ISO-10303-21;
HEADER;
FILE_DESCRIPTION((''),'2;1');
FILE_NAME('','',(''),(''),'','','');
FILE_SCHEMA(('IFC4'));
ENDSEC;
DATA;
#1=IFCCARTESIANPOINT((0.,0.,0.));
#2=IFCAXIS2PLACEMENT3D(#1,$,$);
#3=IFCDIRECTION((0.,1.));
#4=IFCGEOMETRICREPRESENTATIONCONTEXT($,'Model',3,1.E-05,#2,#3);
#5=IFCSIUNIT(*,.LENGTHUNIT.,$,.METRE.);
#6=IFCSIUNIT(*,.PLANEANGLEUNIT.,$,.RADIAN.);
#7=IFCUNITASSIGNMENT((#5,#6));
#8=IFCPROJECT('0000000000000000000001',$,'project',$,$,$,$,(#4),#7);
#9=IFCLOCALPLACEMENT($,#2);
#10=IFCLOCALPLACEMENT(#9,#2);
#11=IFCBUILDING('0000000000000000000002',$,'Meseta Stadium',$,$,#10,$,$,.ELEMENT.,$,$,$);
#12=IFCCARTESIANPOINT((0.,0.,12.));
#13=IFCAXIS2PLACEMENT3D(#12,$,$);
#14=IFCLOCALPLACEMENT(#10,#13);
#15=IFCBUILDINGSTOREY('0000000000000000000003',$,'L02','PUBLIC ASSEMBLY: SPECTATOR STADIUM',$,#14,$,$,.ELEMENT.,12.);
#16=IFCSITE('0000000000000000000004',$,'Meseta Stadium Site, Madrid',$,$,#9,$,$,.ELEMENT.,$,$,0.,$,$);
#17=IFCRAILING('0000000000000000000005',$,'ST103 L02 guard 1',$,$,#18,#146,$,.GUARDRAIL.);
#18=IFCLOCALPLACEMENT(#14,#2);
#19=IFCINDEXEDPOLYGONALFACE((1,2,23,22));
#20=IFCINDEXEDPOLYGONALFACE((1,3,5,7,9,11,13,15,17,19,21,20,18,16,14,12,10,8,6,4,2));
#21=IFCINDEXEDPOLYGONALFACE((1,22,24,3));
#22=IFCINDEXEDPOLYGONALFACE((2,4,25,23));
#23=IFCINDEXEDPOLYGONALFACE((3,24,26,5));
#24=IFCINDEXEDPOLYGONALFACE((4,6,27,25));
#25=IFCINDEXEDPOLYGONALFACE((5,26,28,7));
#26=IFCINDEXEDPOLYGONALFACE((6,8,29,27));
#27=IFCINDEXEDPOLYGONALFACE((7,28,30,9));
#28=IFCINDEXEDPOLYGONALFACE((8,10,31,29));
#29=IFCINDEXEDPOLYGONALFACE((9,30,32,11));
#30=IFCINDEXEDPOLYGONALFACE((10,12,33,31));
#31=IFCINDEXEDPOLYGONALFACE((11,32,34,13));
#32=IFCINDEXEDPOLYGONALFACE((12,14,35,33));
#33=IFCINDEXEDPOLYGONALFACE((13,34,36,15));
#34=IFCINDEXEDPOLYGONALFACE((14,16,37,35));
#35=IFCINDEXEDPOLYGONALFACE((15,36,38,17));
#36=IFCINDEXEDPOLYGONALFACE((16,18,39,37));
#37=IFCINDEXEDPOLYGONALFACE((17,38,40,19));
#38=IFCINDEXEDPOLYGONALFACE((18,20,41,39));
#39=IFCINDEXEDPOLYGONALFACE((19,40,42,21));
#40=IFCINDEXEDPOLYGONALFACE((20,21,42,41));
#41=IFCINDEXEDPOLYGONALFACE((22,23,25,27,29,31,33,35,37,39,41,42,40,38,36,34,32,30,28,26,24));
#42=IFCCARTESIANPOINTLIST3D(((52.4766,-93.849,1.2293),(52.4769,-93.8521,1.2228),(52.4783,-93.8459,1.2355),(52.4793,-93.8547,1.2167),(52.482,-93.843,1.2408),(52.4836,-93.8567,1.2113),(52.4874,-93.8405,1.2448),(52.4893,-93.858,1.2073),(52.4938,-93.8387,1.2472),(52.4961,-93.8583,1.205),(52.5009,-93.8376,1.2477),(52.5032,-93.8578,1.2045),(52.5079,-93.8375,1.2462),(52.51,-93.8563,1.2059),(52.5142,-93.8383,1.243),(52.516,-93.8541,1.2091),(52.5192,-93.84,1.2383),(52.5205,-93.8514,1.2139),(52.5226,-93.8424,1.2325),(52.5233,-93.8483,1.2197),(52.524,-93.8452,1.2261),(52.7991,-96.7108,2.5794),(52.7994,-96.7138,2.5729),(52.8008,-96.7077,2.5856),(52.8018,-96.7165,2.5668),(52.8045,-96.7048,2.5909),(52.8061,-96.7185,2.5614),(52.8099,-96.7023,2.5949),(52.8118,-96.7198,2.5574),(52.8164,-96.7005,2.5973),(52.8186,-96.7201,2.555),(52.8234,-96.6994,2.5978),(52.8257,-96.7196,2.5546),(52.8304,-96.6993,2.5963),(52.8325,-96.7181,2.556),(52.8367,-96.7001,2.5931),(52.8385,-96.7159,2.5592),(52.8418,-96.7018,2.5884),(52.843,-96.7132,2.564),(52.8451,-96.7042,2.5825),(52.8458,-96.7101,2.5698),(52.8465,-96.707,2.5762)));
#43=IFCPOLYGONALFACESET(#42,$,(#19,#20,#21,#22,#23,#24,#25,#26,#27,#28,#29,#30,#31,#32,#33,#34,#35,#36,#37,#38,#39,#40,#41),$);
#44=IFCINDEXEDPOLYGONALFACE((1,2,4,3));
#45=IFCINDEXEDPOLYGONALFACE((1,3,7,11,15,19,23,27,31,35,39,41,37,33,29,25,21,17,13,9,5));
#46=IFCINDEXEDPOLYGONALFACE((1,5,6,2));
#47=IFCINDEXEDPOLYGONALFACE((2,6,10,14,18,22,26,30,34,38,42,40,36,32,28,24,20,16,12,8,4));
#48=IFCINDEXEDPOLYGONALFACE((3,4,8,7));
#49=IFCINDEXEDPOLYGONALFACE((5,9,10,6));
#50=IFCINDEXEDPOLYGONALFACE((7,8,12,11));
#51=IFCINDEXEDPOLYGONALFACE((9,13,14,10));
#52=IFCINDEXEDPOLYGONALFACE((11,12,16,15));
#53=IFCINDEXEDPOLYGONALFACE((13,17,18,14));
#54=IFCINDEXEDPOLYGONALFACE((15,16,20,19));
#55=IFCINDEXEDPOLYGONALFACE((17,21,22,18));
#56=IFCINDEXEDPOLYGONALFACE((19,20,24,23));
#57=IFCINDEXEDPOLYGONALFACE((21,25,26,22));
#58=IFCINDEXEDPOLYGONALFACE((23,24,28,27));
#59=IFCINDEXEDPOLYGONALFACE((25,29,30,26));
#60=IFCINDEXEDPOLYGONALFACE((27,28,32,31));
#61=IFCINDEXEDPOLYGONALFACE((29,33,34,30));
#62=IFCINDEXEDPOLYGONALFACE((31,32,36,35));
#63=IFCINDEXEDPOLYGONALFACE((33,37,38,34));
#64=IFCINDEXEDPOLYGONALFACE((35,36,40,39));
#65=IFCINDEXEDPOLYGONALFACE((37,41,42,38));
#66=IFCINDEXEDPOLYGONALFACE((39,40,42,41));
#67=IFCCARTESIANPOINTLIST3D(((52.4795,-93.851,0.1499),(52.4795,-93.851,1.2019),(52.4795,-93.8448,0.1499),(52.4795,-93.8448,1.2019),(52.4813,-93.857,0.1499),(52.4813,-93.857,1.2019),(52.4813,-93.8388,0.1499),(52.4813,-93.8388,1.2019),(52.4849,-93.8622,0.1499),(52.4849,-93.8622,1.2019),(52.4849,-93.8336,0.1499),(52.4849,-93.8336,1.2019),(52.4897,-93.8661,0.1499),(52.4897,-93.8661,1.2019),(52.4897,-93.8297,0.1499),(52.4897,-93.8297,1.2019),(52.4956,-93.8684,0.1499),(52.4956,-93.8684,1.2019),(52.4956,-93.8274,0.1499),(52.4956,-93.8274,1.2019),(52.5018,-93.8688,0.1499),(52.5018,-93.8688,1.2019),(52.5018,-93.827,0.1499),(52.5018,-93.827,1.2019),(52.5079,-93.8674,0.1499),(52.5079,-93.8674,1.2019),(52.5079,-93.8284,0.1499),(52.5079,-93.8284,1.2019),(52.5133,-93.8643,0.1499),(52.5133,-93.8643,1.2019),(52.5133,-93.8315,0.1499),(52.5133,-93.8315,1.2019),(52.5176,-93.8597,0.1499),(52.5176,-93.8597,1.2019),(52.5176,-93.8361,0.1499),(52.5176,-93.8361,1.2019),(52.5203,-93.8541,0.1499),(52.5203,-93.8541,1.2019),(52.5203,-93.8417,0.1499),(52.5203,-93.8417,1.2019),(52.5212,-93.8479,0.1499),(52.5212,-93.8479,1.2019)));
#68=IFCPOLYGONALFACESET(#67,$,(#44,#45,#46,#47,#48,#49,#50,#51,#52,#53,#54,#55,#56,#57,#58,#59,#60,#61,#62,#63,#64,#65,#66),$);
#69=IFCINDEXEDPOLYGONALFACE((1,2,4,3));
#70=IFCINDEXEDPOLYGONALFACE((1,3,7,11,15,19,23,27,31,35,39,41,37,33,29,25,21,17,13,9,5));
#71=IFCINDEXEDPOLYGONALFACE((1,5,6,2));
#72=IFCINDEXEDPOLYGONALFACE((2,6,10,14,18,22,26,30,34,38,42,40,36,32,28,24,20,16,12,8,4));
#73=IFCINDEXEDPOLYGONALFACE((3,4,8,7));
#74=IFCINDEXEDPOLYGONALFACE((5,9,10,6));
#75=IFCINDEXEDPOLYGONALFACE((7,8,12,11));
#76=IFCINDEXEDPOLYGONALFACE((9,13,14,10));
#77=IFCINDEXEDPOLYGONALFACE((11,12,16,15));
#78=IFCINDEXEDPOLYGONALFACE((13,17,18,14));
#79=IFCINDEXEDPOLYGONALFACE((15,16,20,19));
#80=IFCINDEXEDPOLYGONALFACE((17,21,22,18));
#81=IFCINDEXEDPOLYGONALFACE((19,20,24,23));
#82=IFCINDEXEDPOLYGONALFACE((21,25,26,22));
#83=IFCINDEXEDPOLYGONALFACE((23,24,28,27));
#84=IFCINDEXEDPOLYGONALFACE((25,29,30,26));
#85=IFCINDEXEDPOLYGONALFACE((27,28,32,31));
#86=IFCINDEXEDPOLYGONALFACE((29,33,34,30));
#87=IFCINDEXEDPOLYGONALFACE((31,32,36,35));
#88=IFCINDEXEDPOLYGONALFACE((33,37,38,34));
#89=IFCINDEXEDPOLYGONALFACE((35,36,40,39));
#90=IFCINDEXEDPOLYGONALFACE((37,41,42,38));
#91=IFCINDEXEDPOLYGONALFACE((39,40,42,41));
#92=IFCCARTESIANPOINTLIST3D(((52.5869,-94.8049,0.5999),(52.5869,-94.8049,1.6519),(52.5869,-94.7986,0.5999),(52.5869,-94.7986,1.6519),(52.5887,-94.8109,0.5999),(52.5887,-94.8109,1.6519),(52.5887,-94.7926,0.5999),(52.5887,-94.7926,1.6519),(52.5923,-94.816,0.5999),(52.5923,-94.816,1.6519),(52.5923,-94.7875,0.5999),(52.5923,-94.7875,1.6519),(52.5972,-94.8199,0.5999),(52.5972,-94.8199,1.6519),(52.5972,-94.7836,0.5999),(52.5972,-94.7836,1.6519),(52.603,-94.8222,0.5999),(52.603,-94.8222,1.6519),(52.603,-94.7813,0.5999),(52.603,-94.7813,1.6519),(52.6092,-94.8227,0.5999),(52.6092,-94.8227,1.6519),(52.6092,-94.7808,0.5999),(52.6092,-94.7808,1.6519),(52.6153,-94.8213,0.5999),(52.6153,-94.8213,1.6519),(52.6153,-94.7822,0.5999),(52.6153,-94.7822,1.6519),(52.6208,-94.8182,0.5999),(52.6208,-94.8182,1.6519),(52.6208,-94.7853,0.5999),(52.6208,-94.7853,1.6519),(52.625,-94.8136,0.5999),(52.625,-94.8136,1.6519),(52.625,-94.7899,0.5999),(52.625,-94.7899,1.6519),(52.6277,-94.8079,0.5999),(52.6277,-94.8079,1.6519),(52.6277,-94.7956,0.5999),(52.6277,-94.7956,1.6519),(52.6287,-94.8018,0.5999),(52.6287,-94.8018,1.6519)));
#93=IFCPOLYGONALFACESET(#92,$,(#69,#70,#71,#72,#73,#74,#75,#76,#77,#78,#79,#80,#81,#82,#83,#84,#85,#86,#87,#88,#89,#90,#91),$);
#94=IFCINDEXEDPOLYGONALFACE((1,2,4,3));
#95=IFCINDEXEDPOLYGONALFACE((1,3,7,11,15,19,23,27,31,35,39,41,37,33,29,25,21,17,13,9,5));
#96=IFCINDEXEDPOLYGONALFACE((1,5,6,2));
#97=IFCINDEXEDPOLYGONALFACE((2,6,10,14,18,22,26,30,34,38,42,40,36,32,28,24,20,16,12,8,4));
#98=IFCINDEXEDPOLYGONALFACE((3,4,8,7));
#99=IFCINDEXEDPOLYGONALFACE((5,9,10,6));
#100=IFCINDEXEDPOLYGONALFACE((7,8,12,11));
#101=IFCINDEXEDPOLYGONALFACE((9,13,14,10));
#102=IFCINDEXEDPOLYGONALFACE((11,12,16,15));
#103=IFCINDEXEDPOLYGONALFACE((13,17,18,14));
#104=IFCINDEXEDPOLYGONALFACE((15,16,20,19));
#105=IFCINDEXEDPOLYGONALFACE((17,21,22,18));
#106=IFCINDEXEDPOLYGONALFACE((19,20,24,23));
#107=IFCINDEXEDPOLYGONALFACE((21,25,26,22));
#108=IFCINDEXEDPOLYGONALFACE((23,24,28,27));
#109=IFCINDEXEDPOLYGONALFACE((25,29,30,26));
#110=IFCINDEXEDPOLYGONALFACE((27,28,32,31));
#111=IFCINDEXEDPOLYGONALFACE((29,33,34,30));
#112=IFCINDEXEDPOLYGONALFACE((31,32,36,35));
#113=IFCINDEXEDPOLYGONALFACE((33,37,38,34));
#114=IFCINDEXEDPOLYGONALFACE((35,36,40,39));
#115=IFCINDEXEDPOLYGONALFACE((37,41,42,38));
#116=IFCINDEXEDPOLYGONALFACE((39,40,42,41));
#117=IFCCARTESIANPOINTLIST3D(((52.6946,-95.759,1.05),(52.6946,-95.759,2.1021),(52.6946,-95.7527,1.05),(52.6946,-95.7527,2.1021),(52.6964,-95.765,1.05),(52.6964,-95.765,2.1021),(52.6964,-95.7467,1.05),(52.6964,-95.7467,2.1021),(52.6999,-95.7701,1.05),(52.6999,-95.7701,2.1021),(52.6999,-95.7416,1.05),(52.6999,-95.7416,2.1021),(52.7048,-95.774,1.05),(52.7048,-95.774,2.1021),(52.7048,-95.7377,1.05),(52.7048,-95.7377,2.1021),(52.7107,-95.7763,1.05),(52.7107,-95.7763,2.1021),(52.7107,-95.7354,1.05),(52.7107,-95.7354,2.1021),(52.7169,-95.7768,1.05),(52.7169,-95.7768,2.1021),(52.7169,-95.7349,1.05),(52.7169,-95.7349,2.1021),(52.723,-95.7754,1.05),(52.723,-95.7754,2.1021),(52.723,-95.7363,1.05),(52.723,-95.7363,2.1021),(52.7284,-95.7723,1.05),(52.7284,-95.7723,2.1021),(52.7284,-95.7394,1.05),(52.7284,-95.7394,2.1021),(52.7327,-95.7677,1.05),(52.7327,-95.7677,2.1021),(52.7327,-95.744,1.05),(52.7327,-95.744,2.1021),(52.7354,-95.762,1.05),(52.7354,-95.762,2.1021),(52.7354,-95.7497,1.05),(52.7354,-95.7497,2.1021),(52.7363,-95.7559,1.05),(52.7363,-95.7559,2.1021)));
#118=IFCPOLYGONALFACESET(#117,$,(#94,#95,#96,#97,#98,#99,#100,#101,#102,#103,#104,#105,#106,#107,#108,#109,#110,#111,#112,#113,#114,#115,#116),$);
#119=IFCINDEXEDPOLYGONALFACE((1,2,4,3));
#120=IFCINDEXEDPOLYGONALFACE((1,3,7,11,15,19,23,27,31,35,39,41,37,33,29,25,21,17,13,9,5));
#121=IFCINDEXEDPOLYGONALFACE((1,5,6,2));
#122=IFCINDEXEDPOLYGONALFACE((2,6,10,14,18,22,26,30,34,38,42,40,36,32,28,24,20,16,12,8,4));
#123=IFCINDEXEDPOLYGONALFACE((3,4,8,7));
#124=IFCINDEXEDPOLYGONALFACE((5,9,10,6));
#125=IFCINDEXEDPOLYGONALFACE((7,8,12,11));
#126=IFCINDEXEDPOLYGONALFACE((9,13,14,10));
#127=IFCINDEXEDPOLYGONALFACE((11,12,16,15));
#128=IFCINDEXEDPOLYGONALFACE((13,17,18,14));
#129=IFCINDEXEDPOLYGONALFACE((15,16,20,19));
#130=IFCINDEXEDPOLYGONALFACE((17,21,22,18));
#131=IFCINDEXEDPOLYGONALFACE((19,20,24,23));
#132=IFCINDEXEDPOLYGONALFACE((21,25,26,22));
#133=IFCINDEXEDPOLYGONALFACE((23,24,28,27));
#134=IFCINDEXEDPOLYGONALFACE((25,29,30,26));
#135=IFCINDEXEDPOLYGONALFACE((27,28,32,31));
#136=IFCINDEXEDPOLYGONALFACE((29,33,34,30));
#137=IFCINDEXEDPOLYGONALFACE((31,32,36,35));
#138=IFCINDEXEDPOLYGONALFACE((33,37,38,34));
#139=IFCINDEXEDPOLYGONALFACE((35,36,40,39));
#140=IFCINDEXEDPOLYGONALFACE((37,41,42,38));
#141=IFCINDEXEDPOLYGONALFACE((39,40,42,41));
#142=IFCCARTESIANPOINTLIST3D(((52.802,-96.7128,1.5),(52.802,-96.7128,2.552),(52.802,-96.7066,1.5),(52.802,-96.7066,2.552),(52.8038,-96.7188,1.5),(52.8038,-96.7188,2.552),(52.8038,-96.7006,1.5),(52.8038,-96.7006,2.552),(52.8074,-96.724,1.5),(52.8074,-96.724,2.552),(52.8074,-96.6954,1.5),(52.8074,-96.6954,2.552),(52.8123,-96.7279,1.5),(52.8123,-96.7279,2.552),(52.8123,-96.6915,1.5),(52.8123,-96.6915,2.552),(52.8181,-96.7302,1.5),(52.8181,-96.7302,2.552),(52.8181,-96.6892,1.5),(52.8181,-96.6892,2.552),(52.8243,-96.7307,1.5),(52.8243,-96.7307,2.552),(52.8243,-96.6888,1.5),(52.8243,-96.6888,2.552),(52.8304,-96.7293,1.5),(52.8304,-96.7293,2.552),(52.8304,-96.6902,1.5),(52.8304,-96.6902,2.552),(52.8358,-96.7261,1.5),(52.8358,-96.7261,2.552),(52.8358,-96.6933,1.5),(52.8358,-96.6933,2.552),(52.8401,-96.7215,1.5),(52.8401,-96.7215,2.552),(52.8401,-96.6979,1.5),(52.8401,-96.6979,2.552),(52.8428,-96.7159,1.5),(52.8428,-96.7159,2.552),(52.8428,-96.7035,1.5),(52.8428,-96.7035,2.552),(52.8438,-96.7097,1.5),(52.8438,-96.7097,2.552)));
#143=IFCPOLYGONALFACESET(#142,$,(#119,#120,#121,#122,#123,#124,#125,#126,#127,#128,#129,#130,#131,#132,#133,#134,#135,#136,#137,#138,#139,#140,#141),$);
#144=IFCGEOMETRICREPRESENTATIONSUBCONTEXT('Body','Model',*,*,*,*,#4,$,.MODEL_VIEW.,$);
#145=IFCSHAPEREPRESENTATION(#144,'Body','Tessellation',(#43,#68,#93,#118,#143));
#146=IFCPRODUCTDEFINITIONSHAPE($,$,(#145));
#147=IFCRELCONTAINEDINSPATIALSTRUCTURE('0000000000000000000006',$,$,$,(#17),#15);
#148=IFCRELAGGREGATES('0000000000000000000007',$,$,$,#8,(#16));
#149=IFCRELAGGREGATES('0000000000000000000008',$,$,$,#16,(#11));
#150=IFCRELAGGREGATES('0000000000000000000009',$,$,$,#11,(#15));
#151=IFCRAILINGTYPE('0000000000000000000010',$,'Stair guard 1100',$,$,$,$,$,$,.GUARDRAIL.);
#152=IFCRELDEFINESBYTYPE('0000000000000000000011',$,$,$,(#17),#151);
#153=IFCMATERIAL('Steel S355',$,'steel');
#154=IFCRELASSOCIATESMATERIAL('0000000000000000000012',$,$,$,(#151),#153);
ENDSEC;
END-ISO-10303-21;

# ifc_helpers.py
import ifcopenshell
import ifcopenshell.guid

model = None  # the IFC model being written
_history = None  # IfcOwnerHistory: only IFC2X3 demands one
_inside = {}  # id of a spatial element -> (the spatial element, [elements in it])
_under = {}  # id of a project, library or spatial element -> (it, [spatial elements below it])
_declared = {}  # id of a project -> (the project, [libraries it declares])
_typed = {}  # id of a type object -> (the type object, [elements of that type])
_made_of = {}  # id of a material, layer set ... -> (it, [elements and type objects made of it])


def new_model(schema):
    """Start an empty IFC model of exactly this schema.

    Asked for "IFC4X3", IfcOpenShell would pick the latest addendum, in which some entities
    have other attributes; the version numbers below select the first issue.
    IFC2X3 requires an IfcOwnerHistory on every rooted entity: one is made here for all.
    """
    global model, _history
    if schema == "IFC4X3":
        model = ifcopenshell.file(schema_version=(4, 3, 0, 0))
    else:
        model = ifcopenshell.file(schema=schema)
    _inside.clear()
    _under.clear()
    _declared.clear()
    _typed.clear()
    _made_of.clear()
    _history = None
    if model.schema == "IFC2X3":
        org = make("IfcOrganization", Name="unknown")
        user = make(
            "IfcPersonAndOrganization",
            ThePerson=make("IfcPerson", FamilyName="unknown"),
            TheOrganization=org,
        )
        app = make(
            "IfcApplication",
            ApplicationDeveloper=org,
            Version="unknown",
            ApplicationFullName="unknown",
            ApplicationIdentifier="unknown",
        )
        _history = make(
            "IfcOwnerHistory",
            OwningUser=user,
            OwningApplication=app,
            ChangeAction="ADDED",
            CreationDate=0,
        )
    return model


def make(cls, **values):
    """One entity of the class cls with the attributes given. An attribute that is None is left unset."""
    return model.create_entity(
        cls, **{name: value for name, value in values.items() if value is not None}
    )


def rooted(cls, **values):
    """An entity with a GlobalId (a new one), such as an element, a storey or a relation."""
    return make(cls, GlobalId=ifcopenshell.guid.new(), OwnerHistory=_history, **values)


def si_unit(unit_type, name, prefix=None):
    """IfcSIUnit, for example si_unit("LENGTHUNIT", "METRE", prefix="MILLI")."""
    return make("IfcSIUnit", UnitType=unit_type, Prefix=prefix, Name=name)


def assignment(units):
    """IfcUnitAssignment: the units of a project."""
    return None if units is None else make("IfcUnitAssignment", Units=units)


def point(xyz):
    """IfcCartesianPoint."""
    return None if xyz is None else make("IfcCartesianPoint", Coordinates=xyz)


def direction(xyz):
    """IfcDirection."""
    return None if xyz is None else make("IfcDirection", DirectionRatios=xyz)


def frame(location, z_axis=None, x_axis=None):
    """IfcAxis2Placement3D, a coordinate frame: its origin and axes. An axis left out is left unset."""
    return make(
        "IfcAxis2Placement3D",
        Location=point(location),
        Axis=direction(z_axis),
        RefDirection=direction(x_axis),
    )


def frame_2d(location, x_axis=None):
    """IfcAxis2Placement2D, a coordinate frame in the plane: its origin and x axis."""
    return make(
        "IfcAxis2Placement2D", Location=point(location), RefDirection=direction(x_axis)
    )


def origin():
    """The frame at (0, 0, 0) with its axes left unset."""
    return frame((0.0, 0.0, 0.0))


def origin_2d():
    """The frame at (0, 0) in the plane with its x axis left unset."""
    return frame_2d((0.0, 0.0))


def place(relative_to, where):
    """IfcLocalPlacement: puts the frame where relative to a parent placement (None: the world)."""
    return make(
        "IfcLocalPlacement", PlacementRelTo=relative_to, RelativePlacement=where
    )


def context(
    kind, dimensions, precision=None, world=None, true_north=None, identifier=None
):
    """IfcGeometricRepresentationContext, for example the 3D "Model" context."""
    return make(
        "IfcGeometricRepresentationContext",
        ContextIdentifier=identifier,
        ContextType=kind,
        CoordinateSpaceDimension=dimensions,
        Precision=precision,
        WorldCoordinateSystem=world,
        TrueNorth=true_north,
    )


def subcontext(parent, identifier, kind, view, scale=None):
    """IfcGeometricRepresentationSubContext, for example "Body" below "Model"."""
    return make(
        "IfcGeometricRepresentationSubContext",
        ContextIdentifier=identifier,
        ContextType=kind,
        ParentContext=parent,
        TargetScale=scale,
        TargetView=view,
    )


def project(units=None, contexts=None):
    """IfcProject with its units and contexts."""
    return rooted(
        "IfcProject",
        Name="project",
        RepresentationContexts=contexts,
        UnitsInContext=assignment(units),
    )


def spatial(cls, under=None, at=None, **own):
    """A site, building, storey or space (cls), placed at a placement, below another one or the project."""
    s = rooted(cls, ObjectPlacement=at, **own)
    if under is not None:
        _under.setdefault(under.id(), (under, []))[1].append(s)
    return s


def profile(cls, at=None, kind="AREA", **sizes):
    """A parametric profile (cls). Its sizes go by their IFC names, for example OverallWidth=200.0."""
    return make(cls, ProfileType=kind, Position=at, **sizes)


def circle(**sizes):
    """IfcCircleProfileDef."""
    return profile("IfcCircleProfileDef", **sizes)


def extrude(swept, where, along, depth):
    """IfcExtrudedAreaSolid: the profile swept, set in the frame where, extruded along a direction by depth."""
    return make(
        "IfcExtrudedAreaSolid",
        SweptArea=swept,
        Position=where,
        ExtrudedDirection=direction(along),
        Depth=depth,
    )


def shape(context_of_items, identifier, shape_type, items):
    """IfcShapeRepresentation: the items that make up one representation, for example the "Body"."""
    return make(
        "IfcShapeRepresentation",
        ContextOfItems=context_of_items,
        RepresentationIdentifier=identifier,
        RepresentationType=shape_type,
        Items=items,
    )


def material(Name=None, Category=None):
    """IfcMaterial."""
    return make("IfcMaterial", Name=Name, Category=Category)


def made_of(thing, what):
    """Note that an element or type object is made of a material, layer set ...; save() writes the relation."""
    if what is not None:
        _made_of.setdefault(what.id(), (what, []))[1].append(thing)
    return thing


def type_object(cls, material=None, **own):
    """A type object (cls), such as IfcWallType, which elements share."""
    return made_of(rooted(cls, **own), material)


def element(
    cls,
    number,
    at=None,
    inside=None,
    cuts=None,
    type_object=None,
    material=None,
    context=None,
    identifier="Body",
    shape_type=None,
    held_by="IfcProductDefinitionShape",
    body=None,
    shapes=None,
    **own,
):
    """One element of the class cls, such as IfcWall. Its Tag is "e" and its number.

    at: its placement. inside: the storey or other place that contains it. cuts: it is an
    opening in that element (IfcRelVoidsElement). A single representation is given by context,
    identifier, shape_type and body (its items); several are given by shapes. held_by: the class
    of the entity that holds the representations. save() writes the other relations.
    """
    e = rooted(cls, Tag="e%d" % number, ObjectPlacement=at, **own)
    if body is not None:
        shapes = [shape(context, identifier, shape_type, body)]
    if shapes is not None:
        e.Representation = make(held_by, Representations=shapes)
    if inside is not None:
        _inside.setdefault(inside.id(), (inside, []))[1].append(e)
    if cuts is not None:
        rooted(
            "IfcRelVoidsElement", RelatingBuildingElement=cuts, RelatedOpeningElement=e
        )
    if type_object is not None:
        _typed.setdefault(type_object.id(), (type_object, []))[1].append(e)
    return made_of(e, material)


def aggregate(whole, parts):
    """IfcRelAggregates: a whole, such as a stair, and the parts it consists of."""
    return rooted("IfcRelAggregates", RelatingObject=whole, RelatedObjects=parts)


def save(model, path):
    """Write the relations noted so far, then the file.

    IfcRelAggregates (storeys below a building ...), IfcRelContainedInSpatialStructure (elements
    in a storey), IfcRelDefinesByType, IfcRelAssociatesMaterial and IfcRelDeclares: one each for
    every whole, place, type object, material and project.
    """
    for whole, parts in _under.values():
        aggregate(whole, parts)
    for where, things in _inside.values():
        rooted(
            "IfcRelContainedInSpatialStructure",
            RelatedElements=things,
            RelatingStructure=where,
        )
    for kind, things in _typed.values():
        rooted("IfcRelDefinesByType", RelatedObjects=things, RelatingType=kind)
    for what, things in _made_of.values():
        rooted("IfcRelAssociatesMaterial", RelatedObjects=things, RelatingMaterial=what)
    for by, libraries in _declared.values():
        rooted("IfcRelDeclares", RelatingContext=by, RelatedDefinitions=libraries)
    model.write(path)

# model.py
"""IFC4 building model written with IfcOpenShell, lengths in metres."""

from ifc_helpers import new_model, si_unit, direction, frame, origin, origin_2d, place, context, subcontext, project, spatial, circle, extrude, material, type_object, element, save


model = new_model("IFC4")

# Units and contexts
model_context = context("Model", 3, precision=1e-05, world=origin(), true_north=direction((0.0, 1.0)))
body_context = subcontext(model_context, "Body", "Model", "MODEL_VIEW")
ifc_project = project(units=[si_unit("LENGTHUNIT", "METRE"), si_unit("PLANEANGLEUNIT", "RADIAN")], contexts=[model_context])

# Site, building, storey
site_placement = place(None, origin())
site = spatial("IfcSite", under=ifc_project, at=site_placement, Name="Meseta Stadium Site, Madrid", CompositionType="ELEMENT", RefElevation=0.0)
building_placement = place(site_placement, origin())
building = spatial("IfcBuilding", under=site, at=building_placement, Name="Meseta Stadium", CompositionType="ELEMENT")
storey_placement = place(building_placement, frame((0.0, 0.0, 12.0)))
storey = spatial("IfcBuildingStorey", under=building, at=storey_placement, Name="L02", Description="PUBLIC ASSEMBLY: SPECTATOR STADIUM", CompositionType="ELEMENT", Elevation=12.0)

# Railing
ifc_material_1 = material(Name="Steel S355", Category="steel")
railing_type_1 = type_object("IfcRailingType", Name="Stair guard 1100", PredefinedType="GUARDRAIL", material=ifc_material_1)
railing_placement = place(storey_placement, frame((52.5002, -93.8479, 0.1499)))
element("IfcRailing", 1, at=railing_placement, inside=storey, type_object=railing_type_1, Name="ST103 L02 guard 1", PredefinedType="GUARDRAIL", context=body_context, shape_type="SweptSolid", body=[
    extrude(circle(Radius=0.0239, at=origin_2d()), frame((0.0, 0.0, 1.0762), z_axis=(0.101396, -0.899748, 0.424467), x_axis=(0.99371, 0.111985, 0.0)), (0.0, 0.0, 1.0), 3.1807),
    extrude(circle(Radius=0.021, at=origin_2d()), origin(), (0.0, 0.0, 1.0), 1.052),
    extrude(circle(Radius=0.021, at=origin_2d()), frame((0.1074, -0.9539, 0.45)), (0.0, 0.0, 1.0), 1.052),
    extrude(circle(Radius=0.021, at=origin_2d()), frame((0.2151, -1.908, 0.9001)), (0.0, 0.0, 1.0), 1.052),
    extrude(circle(Radius=0.021, at=origin_2d()), frame((0.3225, -2.8618, 1.3501)), (0.0, 0.0, 1.0), 1.052),
])

save(model, "model.ifc")
